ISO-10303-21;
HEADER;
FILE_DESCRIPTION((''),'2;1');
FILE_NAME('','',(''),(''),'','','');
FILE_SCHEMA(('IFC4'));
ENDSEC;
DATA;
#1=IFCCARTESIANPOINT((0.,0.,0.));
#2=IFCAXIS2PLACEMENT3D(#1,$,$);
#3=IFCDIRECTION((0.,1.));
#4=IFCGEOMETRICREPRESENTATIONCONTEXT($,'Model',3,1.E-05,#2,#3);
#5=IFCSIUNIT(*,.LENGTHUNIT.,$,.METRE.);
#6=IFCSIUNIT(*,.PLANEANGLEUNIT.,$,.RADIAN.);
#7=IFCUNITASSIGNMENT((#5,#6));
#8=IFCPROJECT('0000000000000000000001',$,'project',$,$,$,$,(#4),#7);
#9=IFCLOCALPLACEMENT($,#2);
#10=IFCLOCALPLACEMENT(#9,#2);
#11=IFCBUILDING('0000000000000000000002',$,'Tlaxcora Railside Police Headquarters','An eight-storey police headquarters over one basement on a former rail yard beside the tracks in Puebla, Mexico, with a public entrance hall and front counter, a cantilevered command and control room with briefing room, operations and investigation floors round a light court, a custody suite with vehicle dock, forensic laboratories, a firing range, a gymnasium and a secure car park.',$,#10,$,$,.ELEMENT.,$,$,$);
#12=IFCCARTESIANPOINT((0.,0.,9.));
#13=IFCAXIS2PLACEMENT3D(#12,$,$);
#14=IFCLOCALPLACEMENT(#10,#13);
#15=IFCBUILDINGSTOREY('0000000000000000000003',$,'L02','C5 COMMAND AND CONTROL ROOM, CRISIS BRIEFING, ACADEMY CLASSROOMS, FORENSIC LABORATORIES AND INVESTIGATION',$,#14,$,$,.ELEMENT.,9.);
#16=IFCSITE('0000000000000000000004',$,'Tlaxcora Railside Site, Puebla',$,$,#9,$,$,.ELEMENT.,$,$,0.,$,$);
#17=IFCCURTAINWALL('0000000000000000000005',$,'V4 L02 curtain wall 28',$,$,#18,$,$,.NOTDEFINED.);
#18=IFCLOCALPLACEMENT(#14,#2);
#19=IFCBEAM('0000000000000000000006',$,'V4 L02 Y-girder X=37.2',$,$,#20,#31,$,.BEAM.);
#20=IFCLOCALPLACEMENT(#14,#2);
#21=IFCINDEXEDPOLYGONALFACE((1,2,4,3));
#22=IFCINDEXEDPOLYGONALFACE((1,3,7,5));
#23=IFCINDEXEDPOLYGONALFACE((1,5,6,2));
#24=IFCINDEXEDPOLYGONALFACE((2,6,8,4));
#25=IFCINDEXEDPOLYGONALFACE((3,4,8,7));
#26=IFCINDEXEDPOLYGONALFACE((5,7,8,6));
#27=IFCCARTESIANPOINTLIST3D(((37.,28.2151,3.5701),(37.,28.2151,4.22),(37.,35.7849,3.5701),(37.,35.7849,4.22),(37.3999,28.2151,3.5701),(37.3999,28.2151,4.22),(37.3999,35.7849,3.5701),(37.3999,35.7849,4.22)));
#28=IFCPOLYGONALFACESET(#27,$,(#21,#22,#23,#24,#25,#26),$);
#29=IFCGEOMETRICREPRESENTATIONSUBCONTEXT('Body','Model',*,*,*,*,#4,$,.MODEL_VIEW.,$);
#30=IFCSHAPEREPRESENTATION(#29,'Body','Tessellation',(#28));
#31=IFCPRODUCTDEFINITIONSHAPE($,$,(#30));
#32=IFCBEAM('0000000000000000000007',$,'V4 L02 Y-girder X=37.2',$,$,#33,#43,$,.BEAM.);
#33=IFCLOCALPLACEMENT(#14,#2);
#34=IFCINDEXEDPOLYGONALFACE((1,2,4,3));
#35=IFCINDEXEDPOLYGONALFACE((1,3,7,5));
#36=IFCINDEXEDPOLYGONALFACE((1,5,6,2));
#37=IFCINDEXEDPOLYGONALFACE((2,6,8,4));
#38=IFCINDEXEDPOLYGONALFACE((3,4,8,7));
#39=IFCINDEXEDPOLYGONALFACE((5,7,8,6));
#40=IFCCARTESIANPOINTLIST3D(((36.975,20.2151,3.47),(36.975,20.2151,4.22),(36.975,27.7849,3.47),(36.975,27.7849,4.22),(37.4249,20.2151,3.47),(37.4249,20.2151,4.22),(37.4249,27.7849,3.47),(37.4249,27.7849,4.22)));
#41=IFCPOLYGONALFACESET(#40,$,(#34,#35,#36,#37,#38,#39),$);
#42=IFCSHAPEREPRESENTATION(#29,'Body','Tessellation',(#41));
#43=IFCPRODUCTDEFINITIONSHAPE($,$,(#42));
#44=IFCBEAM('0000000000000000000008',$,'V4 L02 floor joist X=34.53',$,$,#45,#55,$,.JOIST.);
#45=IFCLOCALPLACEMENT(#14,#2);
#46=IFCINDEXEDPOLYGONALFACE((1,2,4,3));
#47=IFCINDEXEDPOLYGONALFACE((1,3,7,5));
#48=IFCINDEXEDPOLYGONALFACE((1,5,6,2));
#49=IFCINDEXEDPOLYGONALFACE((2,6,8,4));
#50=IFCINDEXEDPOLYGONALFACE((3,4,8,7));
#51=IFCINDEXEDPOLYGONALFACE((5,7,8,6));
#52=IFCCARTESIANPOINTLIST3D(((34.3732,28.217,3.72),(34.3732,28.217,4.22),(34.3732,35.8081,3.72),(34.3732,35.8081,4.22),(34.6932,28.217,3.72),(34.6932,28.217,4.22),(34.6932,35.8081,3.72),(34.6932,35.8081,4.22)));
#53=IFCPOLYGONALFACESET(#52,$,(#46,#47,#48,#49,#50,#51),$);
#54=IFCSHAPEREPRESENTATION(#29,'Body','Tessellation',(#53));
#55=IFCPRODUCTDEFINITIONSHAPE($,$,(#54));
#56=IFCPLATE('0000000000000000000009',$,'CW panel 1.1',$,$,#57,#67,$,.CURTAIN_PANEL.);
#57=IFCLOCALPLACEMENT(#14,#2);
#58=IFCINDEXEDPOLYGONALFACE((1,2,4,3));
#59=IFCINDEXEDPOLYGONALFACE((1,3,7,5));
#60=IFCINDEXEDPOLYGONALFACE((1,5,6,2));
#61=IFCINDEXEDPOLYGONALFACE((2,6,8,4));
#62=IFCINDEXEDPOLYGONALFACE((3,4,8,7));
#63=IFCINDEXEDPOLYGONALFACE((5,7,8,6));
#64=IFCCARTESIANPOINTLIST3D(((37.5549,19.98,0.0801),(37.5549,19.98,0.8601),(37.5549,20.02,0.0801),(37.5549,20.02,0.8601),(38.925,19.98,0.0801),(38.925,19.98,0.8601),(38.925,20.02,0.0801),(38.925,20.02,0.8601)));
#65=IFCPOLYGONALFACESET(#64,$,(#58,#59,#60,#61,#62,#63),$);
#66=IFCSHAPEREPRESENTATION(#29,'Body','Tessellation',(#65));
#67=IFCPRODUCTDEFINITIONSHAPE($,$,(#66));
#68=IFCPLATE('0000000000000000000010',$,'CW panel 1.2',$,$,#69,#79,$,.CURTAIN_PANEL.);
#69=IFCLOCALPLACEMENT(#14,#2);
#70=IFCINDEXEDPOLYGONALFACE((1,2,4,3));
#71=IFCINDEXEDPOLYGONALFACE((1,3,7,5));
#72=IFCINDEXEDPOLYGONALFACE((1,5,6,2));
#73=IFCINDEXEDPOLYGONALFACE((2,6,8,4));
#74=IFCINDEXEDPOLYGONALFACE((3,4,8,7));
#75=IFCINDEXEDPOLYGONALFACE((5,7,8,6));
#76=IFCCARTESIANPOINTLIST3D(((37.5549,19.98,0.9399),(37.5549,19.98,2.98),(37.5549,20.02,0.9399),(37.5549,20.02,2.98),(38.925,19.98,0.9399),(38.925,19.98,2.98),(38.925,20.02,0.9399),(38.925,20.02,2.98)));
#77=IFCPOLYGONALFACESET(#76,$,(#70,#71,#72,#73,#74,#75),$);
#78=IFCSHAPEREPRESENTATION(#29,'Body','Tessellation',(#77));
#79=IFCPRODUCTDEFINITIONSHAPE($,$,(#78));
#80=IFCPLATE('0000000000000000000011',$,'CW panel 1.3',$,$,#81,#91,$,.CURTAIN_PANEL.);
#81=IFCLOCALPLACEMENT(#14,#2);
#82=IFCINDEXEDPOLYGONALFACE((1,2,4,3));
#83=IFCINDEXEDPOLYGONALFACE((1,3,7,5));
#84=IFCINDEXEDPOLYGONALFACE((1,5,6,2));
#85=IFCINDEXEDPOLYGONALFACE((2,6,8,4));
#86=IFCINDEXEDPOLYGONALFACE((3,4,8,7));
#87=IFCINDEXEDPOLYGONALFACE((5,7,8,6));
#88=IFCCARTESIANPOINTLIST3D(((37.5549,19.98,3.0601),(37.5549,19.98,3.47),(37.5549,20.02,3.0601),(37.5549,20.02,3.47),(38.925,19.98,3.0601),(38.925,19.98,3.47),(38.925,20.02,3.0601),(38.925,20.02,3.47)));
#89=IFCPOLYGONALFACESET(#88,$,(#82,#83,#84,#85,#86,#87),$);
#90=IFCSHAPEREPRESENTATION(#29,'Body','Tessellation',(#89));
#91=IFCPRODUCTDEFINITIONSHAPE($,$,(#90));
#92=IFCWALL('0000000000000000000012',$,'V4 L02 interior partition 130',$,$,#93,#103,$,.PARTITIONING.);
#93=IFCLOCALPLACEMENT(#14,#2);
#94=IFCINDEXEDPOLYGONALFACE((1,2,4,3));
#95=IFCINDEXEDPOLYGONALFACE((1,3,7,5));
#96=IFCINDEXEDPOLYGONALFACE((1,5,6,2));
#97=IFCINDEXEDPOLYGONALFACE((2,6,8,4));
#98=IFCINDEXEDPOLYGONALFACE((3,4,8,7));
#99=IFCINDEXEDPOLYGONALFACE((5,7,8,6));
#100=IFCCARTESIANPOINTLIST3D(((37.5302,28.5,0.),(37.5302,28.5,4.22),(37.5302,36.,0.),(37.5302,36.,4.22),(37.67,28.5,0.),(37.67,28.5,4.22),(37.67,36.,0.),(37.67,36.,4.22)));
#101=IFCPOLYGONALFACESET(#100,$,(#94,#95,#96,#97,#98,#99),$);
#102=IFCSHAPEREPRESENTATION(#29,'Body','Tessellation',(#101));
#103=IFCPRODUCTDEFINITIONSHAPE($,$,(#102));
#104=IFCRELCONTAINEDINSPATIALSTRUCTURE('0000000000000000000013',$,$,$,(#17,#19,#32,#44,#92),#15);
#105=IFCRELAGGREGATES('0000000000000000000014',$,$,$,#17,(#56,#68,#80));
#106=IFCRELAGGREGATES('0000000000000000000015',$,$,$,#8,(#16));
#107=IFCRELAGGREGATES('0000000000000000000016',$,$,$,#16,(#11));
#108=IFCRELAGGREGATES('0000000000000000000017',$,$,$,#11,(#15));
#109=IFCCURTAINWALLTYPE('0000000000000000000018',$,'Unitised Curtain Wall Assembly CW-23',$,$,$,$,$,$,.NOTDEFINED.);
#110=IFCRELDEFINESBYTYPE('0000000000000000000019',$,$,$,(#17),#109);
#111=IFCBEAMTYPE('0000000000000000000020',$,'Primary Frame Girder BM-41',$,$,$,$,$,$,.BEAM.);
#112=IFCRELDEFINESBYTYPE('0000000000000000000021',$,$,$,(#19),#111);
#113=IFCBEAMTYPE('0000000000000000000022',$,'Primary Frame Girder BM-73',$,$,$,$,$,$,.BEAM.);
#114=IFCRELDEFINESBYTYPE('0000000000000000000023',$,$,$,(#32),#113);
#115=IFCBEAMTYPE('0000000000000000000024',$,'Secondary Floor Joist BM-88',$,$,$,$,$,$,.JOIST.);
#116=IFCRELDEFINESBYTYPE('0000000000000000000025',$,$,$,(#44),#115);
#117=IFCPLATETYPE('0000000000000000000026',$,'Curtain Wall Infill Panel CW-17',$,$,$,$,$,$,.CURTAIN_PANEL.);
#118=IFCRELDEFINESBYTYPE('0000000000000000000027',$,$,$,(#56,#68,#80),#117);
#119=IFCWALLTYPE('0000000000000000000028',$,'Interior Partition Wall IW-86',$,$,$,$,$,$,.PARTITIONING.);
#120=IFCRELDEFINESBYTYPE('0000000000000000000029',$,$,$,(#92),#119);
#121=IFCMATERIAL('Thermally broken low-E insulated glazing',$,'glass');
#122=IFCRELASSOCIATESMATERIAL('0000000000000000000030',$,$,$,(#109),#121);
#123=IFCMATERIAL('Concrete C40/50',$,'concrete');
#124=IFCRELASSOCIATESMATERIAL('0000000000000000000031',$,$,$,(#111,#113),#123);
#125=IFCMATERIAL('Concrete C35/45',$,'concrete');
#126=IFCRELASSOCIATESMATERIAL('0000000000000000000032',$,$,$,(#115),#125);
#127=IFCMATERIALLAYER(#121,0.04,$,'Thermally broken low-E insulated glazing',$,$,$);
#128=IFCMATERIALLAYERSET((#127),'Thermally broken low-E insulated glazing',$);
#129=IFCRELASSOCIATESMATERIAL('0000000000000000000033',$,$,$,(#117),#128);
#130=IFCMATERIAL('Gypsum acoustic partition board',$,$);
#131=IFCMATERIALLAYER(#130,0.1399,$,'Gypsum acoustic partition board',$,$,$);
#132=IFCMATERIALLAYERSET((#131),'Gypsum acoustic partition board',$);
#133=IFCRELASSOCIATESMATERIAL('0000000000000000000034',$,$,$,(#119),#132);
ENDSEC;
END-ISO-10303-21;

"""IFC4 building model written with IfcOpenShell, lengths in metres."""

from ifc_helpers import new_model, si_unit, direction, frame, frame_2d, origin, origin_2d, place, context, subcontext, project, spatial, rectangle, extrude, material, layer, layer_set, material_profile, profile_set, type_object, element, aggregate, save


model = new_model("IFC4")

# Units and contexts
model_context = context("Model", 3, precision=1e-05, world=origin(), true_north=direction((0.0, 1.0)))
body_context = subcontext(model_context, "Body", "Model", "MODEL_VIEW")
ifc_project = project(units=[si_unit("LENGTHUNIT", "METRE"), si_unit("PLANEANGLEUNIT", "RADIAN")], contexts=[model_context])

# Site, building, storey
site_placement = place(None, origin())
site = spatial("IfcSite", under=ifc_project, at=site_placement, Name="Tlaxcora Railside Site, Puebla", CompositionType="ELEMENT", RefElevation=0.0)
building_placement = place(site_placement, origin())
building = spatial("IfcBuilding", under=site, at=building_placement, Name="Tlaxcora Railside Police Headquarters", Description="An eight-storey police headquarters over one basement on a former rail yard beside the tracks in Puebla, Mexico, with a public entrance hall and front counter, a cantilevered command and control room with briefing room, operations and investigation floors round a light court, a custody suite with vehicle dock, forensic laboratories, a firing range, a gymnasium and a secure car park.", CompositionType="ELEMENT")
storey_placement = place(building_placement, frame((0.0, 0.0, 9.0)))
storey = spatial("IfcBuildingStorey", under=building, at=storey_placement, Name="L02", Description="C5 COMMAND AND CONTROL ROOM, CRISIS BRIEFING, ACADEMY CLASSROOMS, FORENSIC LABORATORIES AND INVESTIGATION", CompositionType="ELEMENT", Elevation=9.0)

# Shared definitions
ifc_material_1 = material(Name="Concrete C40/50", Category="concrete")

# Curtain wall
ifc_material_2 = material(Name="Thermally broken low-E insulated glazing", Category="glass")
curtain_wall_type = type_object("IfcCurtainWallType", Name="Unitised Curtain Wall Assembly CW-23", PredefinedType="NOTDEFINED", material=ifc_material_2)
curtain_wall_placement = place(storey_placement, origin())
curtain_wall = element("IfcCurtainWall", 1, at=curtain_wall_placement, inside=storey, type_object=curtain_wall_type, Name="V4 L02 curtain wall 28", PredefinedType="NOTDEFINED")

# Beams
ifc_material_profile_1 = material_profile(ifc_material_1, rectangle(XDim=0.3999, YDim=0.6499, at=origin_2d()), Name="RC400X650")
ifc_profile_set_1 = profile_set([ifc_material_profile_1], Name="Concrete C40/50")
beam_type_1 = type_object("IfcBeamType", Name="Primary Frame Girder BM-41", PredefinedType="BEAM", material=ifc_profile_set_1)
beam_1_placement = place(storey_placement, frame((37.2, 28.2151, 3.895), z_axis=(0.0, 1.0, 0.0), x_axis=(-1.0, 0.0, 0.0)))
element("IfcBeam", 2, at=beam_1_placement, inside=storey, type_object=beam_type_1, Name="V4 L02 Y-girder X=37.2", PredefinedType="BEAM", context=body_context, shape_type="SweptSolid", body=[
    extrude(rectangle(XDim=0.3999, YDim=0.6499, at=origin_2d()), origin(), (0.0, 0.0, 1.0), 7.5698),
])
ifc_material_profile_2 = material_profile(ifc_material_1, rectangle(XDim=0.45, YDim=0.75, at=origin_2d()), Name="RC450X750")
ifc_profile_set_2 = profile_set([ifc_material_profile_2], Name="Concrete C40/50")
beam_type_2 = type_object("IfcBeamType", Name="Primary Frame Girder BM-73", PredefinedType="BEAM", material=ifc_profile_set_2)
beam_2_placement = place(storey_placement, frame((37.2, 20.2151, 3.845), z_axis=(0.0, 1.0, 0.0), x_axis=(-1.0, 0.0, 0.0)))
element("IfcBeam", 3, at=beam_2_placement, inside=storey, type_object=beam_type_2, Name="V4 L02 Y-girder X=37.2", PredefinedType="BEAM", context=body_context, shape_type="SweptSolid", body=[
    extrude(rectangle(XDim=0.45, YDim=0.75, at=origin_2d()), origin(), (0.0, 0.0, 1.0), 7.5698),
])
ifc_material_3 = material(Name="Concrete C35/45", Category="concrete")
ifc_material_profile_3 = material_profile(ifc_material_3, rectangle(XDim=0.3201, YDim=0.5, at=origin_2d()), Name="RC320X500")
ifc_profile_set_3 = profile_set([ifc_material_profile_3], Name="Concrete C35/45")
beam_type_3 = type_object("IfcBeamType", Name="Secondary Floor Joist BM-88", PredefinedType="JOIST", material=ifc_profile_set_3)
beam_3_placement = place(storey_placement, frame((34.5332, 28.217, 3.97), z_axis=(0.0, 1.0, 0.0), x_axis=(-1.0, 0.0, 0.0)))
element("IfcBeam", 4, at=beam_3_placement, inside=storey, type_object=beam_type_3, Name="V4 L02 floor joist X=34.53", PredefinedType="JOIST", context=body_context, shape_type="SweptSolid", body=[
    extrude(rectangle(XDim=0.3201, YDim=0.5, at=origin_2d()), origin(), (0.0, 0.0, 1.0), 7.5911),
])

# Plates
ifc_layer_1 = layer(ifc_material_2, 0.04, Name="Thermally broken low-E insulated glazing")
ifc_layer_set_1 = layer_set([ifc_layer_1], Name="Thermally broken low-E insulated glazing")
plate_type = type_object("IfcPlateType", Name="Curtain Wall Infill Panel CW-17", PredefinedType="CURTAIN_PANEL", material=ifc_layer_set_1)
plate_1_placement = place(storey_placement, frame((38.24, 20.0, 0.0801), z_axis=(0.0, 0.0, 1.0), x_axis=(1.0, 0.0, 0.0)))
plate_1 = element("IfcPlate", 5, at=plate_1_placement, type_object=plate_type, Name="CW panel 1.1", PredefinedType="CURTAIN_PANEL", context=body_context, shape_type="SweptSolid", body=[
    extrude(rectangle(XDim=1.3701, YDim=0.04, at=origin_2d()), origin(), (0.0, 0.0, 1.0), 0.78),
])
plate_2_placement = place(storey_placement, frame((38.24, 20.0, 0.9399), z_axis=(0.0, 0.0, 1.0), x_axis=(1.0, 0.0, 0.0)))
plate_2 = element("IfcPlate", 6, at=plate_2_placement, type_object=plate_type, Name="CW panel 1.2", PredefinedType="CURTAIN_PANEL", context=body_context, shape_type="SweptSolid", body=[
    extrude(rectangle(XDim=1.3701, YDim=0.04, at=origin_2d()), origin(), (0.0, 0.0, 1.0), 2.04),
])
plate_3_placement = place(storey_placement, frame((38.24, 20.0, 3.0601), z_axis=(0.0, 0.0, 1.0), x_axis=(1.0, 0.0, 0.0)))
plate_3 = element("IfcPlate", 7, at=plate_3_placement, type_object=plate_type, Name="CW panel 1.3", PredefinedType="CURTAIN_PANEL", context=body_context, shape_type="SweptSolid", body=[
    extrude(rectangle(XDim=1.3701, YDim=0.04, at=origin_2d()), origin(), (0.0, 0.0, 1.0), 0.4099),
])
aggregate(curtain_wall, [plate_1, plate_2, plate_3])

# Wall
ifc_material_4 = material(Name="Gypsum acoustic partition board")
ifc_layer_2 = layer(ifc_material_4, 0.1399, Name="Gypsum acoustic partition board")
ifc_layer_set_2 = layer_set([ifc_layer_2], Name="Gypsum acoustic partition board")
wall_type_1 = type_object("IfcWallType", Name="Interior Partition Wall IW-86", PredefinedType="PARTITIONING", material=ifc_layer_set_2)
wall_1_placement = place(storey_placement, frame((37.6001, 28.5, 0.0), z_axis=(0.0, 0.0, 1.0), x_axis=(0.0, 1.0, 0.0)))
element("IfcWall", 8, at=wall_1_placement, inside=storey, type_object=wall_type_1, Name="V4 L02 interior partition 130", PredefinedType="PARTITIONING", context=body_context, shape_type="SweptSolid", body=[
    extrude(rectangle(XDim=7.5, YDim=0.1399, at=frame_2d((3.75, 0.0))), origin(), (0.0, 0.0, 1.0), 4.22),
])

save(model, "model.ifc")
